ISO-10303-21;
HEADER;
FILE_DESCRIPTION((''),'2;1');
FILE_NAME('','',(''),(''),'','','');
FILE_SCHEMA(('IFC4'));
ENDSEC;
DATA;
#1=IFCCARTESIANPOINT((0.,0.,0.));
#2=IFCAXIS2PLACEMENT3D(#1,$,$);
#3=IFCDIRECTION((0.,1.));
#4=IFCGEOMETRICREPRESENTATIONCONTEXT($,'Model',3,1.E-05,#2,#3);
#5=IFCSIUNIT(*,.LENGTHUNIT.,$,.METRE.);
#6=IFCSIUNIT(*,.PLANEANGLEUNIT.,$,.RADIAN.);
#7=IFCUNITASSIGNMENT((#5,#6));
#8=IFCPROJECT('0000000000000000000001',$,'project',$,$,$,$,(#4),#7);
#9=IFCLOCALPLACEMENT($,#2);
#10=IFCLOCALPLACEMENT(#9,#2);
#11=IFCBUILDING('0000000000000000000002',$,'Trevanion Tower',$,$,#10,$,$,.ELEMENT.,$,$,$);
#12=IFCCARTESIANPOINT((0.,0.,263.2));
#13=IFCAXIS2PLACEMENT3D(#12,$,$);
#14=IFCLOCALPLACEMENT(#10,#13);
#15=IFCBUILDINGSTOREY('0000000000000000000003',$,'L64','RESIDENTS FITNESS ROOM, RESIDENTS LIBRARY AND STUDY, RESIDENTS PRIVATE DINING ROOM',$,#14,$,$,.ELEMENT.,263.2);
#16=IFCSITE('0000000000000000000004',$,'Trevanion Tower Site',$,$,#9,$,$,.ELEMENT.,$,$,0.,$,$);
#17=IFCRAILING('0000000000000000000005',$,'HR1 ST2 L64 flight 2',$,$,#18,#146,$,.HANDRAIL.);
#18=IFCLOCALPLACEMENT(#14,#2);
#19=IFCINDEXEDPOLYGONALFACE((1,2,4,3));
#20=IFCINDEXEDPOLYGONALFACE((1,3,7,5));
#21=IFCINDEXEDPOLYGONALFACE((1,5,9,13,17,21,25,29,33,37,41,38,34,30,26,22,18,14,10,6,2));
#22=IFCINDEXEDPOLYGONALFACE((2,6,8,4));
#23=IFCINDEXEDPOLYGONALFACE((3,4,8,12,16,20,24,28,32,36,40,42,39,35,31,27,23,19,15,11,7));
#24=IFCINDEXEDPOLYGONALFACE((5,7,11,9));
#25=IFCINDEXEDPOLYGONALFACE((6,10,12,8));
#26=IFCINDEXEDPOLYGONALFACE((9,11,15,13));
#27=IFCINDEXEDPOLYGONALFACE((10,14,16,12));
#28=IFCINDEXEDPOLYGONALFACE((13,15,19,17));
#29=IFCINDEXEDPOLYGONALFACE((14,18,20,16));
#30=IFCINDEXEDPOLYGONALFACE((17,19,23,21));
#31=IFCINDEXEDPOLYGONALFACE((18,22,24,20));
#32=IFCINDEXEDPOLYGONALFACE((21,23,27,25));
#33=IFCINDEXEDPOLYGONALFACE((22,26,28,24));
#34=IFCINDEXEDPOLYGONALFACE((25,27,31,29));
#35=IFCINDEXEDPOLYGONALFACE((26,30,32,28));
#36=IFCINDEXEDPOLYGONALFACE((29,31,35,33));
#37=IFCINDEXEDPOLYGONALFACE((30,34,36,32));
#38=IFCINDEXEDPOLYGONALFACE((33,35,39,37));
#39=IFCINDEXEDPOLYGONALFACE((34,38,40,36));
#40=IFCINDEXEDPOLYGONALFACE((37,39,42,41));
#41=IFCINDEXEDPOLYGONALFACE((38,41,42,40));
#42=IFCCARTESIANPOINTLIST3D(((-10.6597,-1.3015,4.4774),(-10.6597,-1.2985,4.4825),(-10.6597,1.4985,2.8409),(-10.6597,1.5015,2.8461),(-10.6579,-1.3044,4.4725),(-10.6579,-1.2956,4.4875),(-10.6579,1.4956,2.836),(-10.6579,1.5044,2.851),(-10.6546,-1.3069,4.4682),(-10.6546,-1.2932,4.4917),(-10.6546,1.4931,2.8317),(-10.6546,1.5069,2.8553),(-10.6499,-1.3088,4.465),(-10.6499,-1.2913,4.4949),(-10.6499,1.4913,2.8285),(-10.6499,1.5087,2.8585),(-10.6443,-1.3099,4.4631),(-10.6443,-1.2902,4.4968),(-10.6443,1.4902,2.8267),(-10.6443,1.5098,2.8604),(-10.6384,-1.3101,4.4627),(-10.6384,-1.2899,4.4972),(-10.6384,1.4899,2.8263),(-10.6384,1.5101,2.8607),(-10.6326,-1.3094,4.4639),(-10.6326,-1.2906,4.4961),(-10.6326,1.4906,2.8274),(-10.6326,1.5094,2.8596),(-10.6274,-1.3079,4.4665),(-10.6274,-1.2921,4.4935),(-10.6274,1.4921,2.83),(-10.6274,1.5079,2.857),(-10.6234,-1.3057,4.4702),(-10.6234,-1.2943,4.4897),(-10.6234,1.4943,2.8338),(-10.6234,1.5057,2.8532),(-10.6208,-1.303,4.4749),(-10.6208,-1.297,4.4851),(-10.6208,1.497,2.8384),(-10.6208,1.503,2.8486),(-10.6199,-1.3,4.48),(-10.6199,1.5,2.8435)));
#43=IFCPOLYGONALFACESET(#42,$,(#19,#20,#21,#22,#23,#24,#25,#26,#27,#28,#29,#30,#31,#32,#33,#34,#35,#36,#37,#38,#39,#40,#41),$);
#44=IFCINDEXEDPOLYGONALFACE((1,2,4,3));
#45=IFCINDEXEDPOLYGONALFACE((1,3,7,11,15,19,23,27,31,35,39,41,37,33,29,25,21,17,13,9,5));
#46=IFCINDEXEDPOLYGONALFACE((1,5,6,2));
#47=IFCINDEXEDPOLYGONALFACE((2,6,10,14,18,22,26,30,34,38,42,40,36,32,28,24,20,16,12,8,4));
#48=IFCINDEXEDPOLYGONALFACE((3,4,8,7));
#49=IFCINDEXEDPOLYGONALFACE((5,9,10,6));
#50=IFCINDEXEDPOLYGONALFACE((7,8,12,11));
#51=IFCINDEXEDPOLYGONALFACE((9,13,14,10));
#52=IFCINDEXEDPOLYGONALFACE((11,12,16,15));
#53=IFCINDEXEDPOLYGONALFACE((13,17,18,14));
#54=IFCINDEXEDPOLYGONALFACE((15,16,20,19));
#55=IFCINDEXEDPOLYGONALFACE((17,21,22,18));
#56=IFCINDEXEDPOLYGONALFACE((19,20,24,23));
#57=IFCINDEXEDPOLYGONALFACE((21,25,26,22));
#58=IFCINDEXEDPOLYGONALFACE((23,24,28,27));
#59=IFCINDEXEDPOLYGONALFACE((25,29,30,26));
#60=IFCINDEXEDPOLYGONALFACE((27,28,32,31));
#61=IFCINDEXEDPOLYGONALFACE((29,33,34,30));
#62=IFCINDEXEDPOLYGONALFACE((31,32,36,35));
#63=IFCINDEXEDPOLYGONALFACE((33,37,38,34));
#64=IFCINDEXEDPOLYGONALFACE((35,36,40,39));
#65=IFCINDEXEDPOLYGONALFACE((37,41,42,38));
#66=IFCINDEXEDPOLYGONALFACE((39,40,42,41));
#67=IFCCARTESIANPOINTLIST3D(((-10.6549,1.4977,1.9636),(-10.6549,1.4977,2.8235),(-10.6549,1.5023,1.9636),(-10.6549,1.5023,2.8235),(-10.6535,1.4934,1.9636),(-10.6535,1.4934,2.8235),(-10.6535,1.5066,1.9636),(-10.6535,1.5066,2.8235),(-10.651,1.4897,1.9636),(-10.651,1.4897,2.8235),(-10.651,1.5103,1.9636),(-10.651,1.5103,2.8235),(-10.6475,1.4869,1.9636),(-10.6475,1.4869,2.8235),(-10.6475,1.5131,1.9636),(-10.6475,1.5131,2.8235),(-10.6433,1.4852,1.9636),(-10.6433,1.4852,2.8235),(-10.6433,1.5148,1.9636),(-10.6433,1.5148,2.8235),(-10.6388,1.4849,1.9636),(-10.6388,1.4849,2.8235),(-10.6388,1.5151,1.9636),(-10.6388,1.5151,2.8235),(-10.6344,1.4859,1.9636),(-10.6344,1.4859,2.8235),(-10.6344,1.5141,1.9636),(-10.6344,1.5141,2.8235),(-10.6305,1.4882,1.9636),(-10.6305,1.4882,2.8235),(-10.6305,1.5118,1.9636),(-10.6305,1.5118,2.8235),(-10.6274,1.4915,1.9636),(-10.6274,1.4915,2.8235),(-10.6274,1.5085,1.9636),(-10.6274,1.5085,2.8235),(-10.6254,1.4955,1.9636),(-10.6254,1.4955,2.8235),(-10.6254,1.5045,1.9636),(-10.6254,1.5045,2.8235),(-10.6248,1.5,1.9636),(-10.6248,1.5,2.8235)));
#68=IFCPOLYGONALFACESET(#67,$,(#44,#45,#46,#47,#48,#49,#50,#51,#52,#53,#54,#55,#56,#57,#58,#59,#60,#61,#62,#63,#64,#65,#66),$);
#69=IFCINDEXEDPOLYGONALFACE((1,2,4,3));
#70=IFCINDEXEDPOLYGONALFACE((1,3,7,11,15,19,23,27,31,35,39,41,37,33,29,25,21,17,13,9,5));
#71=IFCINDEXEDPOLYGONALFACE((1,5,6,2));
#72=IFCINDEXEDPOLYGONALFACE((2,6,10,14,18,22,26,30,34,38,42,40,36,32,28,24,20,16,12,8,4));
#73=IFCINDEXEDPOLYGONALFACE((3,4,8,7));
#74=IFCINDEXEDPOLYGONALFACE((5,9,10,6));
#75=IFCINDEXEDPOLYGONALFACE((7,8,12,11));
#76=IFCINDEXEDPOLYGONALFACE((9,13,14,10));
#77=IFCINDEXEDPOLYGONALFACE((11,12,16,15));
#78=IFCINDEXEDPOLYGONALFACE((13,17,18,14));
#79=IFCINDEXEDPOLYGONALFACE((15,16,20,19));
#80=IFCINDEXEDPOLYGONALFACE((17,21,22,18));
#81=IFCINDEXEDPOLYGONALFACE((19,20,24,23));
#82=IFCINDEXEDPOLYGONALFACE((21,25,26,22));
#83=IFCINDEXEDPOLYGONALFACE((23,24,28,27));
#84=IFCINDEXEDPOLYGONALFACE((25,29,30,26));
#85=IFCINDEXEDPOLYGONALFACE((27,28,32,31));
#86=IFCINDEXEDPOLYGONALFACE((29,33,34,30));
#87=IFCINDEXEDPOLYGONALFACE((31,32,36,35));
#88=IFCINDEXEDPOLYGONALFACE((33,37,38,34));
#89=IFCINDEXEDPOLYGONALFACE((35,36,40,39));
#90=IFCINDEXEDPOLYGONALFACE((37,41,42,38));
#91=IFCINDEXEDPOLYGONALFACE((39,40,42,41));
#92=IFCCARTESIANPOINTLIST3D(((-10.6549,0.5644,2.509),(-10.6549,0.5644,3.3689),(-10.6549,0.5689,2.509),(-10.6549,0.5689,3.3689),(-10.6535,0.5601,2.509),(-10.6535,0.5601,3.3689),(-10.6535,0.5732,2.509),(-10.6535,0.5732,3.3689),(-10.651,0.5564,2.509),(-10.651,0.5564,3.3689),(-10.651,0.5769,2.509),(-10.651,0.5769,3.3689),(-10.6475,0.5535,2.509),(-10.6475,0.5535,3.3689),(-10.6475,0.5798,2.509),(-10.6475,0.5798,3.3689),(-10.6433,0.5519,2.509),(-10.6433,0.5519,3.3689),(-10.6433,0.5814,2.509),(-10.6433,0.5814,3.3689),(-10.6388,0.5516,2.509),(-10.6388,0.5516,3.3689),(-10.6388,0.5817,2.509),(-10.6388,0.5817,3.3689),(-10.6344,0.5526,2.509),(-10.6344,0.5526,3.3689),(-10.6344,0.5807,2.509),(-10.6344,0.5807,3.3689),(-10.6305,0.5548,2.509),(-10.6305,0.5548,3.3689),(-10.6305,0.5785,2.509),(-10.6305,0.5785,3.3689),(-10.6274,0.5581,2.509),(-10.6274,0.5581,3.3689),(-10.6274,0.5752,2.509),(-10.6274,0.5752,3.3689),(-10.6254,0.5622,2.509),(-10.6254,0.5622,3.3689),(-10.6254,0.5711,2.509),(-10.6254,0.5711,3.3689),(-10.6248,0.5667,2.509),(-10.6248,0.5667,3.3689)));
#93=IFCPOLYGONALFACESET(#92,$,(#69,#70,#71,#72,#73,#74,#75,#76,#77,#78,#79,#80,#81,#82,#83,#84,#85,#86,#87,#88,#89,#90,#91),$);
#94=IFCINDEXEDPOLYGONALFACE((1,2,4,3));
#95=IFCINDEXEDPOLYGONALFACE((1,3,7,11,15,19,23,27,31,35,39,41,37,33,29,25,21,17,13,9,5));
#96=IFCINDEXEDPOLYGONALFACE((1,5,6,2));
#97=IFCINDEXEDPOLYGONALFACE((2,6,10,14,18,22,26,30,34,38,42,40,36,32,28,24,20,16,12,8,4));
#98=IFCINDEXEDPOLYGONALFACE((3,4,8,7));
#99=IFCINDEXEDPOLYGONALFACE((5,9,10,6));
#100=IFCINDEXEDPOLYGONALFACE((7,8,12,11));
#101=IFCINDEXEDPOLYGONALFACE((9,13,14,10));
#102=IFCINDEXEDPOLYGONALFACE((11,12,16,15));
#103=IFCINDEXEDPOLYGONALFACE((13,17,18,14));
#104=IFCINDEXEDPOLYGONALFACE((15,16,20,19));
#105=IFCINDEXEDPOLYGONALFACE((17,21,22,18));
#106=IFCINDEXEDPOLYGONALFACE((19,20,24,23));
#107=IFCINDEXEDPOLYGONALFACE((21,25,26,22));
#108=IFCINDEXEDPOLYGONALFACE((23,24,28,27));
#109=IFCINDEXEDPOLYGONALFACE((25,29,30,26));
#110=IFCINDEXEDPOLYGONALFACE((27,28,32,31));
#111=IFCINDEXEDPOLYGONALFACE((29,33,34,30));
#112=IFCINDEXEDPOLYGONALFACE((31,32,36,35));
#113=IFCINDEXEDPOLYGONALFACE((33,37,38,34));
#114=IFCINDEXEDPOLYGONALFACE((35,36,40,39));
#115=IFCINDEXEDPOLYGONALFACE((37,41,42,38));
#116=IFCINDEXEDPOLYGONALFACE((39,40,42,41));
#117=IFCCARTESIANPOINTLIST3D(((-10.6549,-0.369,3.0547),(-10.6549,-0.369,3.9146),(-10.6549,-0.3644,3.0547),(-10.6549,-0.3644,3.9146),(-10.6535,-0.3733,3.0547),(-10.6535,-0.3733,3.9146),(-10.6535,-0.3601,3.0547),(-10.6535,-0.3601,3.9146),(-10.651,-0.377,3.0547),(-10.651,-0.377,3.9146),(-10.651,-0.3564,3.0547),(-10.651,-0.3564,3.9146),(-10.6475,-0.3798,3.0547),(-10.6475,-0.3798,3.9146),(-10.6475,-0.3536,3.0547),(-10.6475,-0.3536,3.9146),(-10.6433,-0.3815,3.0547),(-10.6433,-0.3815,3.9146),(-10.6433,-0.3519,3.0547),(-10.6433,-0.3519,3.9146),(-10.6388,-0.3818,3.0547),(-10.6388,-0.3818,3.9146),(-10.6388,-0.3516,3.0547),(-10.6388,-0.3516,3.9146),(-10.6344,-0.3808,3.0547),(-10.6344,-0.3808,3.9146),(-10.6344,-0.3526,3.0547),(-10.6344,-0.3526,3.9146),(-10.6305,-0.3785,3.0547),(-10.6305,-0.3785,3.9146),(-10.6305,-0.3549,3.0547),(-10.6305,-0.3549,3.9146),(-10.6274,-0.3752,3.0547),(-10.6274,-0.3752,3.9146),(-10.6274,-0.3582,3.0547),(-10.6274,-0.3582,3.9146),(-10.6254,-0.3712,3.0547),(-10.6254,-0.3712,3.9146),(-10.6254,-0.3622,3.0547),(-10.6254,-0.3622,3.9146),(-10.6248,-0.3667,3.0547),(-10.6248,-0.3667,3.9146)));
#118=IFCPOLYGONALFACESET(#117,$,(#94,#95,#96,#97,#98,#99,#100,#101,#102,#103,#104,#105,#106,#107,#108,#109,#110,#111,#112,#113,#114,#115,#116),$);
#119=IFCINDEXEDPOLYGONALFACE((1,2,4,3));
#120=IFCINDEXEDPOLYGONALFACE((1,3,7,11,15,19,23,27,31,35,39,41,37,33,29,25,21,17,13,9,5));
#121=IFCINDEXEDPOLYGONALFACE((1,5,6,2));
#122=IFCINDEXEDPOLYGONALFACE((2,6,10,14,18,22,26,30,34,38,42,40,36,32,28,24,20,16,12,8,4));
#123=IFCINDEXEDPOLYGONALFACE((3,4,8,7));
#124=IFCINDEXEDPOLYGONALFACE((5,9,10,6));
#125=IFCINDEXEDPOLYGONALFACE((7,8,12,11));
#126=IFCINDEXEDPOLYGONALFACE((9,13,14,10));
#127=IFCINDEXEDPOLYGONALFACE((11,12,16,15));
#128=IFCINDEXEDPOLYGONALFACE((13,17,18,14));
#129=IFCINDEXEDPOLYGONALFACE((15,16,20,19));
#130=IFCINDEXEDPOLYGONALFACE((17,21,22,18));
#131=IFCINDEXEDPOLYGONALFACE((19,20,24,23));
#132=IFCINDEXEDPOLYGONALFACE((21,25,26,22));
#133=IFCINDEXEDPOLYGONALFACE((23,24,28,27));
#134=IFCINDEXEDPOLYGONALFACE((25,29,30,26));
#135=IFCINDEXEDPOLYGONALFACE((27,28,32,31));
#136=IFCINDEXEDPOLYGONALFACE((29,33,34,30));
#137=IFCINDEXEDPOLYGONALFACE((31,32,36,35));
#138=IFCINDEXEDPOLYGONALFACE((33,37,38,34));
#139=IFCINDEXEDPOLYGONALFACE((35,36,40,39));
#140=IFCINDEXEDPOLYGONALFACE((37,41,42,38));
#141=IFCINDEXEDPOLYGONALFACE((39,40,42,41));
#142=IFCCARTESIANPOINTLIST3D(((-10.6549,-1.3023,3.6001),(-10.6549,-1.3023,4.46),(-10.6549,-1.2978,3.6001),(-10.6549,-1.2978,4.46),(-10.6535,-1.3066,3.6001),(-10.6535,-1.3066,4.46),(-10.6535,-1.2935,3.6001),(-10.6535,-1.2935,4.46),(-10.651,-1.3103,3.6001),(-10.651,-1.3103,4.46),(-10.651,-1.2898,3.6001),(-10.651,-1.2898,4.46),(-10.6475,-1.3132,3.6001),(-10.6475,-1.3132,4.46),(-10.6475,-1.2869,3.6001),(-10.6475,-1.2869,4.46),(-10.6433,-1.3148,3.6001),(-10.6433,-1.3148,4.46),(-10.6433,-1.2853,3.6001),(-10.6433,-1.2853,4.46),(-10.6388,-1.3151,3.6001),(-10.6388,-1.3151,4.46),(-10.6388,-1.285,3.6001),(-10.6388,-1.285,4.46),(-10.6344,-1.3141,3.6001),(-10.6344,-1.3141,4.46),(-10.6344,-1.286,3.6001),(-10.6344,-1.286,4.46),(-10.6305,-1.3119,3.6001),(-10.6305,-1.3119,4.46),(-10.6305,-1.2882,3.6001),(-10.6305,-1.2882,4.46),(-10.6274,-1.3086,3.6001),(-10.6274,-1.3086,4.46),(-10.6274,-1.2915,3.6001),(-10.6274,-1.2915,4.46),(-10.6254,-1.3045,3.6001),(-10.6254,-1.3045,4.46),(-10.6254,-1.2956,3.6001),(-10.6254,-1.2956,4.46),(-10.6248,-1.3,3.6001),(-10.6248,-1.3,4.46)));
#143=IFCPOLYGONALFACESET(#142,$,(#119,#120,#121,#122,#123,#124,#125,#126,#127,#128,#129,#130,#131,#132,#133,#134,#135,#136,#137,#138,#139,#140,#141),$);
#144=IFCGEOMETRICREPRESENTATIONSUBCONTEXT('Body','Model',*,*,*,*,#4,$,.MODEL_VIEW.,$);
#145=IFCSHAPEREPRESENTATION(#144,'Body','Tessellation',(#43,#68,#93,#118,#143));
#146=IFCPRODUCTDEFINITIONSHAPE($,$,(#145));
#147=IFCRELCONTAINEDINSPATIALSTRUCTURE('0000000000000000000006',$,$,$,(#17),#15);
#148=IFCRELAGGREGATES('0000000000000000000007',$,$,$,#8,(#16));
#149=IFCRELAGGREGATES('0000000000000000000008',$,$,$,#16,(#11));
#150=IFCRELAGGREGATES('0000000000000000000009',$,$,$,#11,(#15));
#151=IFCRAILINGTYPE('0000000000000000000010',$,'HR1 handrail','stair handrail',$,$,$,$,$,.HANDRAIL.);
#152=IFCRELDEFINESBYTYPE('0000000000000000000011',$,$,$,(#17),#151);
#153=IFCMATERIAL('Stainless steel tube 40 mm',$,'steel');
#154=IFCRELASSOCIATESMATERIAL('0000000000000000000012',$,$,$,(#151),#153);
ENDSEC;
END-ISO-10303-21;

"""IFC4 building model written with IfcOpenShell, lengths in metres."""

from ifc_helpers import new_model, si_unit, direction, frame, origin, origin_2d, place, context, subcontext, project, spatial, circle, extrude, material, type_object, element, save


model = new_model("IFC4")

# Units and contexts
model_context = context("Model", 3, precision=1e-05, world=origin(), true_north=direction((0.0, 1.0)))
body_context = subcontext(model_context, "Body", "Model", "MODEL_VIEW")
ifc_project = project(units=[si_unit("LENGTHUNIT", "METRE"), si_unit("PLANEANGLEUNIT", "RADIAN")], contexts=[model_context])

# Site, building, storey
site_placement = place(None, origin())
site = spatial("IfcSite", under=ifc_project, at=site_placement, Name="Trevanion Tower Site", CompositionType="ELEMENT", RefElevation=0.0)
building_placement = place(site_placement, origin())
building = spatial("IfcBuilding", under=site, at=building_placement, Name="Trevanion Tower", CompositionType="ELEMENT")
storey_placement = place(building_placement, frame((0.0, 0.0, 263.2)))
storey = spatial("IfcBuildingStorey", under=building, at=storey_placement, Name="L64", Description="RESIDENTS FITNESS ROOM, RESIDENTS LIBRARY AND STUDY, RESIDENTS PRIVATE DINING ROOM", CompositionType="ELEMENT", Elevation=263.2)

# Railing
ifc_material_1 = material(Name="Stainless steel tube 40 mm", Category="steel")
railing_type = type_object("IfcRailingType", Name="HR1 handrail", Description="stair handrail", PredefinedType="HANDRAIL", material=ifc_material_1)
for number, where, name in (
    (1, (-10.6399, 1.5, 1.9636), "HR1 ST2 L64 flight 2"),
):
    element("IfcRailing", number, at=place(storey_placement, frame(where)), inside=storey, type_object=railing_type, Name=name, PredefinedType="HANDRAIL", context=body_context, shape_type="SweptSolid", body=[
        extrude(circle(Radius=0.02, at=origin_2d()), frame((0.0, 0.0, 0.8799), z_axis=(0.0, -0.863361, 0.504587), x_axis=(1.0, 0.0, 0.0)), (0.0, 0.0, 1.0), 3.2432),
        extrude(circle(Radius=0.0151, at=origin_2d()), origin(), (0.0, 0.0, 1.0), 0.8599),
        extrude(circle(Radius=0.0151, at=origin_2d()), frame((0.0, -0.9333, 0.5454)), (0.0, 0.0, 1.0), 0.8599),
        extrude(circle(Radius=0.0151, at=origin_2d()), frame((0.0, -1.8667, 1.0911)), (0.0, 0.0, 1.0), 0.8599),
        extrude(circle(Radius=0.0151, at=origin_2d()), frame((0.0, -2.8, 1.6365)), (0.0, 0.0, 1.0), 0.8599),
    ])

save(model, "model.ifc")
